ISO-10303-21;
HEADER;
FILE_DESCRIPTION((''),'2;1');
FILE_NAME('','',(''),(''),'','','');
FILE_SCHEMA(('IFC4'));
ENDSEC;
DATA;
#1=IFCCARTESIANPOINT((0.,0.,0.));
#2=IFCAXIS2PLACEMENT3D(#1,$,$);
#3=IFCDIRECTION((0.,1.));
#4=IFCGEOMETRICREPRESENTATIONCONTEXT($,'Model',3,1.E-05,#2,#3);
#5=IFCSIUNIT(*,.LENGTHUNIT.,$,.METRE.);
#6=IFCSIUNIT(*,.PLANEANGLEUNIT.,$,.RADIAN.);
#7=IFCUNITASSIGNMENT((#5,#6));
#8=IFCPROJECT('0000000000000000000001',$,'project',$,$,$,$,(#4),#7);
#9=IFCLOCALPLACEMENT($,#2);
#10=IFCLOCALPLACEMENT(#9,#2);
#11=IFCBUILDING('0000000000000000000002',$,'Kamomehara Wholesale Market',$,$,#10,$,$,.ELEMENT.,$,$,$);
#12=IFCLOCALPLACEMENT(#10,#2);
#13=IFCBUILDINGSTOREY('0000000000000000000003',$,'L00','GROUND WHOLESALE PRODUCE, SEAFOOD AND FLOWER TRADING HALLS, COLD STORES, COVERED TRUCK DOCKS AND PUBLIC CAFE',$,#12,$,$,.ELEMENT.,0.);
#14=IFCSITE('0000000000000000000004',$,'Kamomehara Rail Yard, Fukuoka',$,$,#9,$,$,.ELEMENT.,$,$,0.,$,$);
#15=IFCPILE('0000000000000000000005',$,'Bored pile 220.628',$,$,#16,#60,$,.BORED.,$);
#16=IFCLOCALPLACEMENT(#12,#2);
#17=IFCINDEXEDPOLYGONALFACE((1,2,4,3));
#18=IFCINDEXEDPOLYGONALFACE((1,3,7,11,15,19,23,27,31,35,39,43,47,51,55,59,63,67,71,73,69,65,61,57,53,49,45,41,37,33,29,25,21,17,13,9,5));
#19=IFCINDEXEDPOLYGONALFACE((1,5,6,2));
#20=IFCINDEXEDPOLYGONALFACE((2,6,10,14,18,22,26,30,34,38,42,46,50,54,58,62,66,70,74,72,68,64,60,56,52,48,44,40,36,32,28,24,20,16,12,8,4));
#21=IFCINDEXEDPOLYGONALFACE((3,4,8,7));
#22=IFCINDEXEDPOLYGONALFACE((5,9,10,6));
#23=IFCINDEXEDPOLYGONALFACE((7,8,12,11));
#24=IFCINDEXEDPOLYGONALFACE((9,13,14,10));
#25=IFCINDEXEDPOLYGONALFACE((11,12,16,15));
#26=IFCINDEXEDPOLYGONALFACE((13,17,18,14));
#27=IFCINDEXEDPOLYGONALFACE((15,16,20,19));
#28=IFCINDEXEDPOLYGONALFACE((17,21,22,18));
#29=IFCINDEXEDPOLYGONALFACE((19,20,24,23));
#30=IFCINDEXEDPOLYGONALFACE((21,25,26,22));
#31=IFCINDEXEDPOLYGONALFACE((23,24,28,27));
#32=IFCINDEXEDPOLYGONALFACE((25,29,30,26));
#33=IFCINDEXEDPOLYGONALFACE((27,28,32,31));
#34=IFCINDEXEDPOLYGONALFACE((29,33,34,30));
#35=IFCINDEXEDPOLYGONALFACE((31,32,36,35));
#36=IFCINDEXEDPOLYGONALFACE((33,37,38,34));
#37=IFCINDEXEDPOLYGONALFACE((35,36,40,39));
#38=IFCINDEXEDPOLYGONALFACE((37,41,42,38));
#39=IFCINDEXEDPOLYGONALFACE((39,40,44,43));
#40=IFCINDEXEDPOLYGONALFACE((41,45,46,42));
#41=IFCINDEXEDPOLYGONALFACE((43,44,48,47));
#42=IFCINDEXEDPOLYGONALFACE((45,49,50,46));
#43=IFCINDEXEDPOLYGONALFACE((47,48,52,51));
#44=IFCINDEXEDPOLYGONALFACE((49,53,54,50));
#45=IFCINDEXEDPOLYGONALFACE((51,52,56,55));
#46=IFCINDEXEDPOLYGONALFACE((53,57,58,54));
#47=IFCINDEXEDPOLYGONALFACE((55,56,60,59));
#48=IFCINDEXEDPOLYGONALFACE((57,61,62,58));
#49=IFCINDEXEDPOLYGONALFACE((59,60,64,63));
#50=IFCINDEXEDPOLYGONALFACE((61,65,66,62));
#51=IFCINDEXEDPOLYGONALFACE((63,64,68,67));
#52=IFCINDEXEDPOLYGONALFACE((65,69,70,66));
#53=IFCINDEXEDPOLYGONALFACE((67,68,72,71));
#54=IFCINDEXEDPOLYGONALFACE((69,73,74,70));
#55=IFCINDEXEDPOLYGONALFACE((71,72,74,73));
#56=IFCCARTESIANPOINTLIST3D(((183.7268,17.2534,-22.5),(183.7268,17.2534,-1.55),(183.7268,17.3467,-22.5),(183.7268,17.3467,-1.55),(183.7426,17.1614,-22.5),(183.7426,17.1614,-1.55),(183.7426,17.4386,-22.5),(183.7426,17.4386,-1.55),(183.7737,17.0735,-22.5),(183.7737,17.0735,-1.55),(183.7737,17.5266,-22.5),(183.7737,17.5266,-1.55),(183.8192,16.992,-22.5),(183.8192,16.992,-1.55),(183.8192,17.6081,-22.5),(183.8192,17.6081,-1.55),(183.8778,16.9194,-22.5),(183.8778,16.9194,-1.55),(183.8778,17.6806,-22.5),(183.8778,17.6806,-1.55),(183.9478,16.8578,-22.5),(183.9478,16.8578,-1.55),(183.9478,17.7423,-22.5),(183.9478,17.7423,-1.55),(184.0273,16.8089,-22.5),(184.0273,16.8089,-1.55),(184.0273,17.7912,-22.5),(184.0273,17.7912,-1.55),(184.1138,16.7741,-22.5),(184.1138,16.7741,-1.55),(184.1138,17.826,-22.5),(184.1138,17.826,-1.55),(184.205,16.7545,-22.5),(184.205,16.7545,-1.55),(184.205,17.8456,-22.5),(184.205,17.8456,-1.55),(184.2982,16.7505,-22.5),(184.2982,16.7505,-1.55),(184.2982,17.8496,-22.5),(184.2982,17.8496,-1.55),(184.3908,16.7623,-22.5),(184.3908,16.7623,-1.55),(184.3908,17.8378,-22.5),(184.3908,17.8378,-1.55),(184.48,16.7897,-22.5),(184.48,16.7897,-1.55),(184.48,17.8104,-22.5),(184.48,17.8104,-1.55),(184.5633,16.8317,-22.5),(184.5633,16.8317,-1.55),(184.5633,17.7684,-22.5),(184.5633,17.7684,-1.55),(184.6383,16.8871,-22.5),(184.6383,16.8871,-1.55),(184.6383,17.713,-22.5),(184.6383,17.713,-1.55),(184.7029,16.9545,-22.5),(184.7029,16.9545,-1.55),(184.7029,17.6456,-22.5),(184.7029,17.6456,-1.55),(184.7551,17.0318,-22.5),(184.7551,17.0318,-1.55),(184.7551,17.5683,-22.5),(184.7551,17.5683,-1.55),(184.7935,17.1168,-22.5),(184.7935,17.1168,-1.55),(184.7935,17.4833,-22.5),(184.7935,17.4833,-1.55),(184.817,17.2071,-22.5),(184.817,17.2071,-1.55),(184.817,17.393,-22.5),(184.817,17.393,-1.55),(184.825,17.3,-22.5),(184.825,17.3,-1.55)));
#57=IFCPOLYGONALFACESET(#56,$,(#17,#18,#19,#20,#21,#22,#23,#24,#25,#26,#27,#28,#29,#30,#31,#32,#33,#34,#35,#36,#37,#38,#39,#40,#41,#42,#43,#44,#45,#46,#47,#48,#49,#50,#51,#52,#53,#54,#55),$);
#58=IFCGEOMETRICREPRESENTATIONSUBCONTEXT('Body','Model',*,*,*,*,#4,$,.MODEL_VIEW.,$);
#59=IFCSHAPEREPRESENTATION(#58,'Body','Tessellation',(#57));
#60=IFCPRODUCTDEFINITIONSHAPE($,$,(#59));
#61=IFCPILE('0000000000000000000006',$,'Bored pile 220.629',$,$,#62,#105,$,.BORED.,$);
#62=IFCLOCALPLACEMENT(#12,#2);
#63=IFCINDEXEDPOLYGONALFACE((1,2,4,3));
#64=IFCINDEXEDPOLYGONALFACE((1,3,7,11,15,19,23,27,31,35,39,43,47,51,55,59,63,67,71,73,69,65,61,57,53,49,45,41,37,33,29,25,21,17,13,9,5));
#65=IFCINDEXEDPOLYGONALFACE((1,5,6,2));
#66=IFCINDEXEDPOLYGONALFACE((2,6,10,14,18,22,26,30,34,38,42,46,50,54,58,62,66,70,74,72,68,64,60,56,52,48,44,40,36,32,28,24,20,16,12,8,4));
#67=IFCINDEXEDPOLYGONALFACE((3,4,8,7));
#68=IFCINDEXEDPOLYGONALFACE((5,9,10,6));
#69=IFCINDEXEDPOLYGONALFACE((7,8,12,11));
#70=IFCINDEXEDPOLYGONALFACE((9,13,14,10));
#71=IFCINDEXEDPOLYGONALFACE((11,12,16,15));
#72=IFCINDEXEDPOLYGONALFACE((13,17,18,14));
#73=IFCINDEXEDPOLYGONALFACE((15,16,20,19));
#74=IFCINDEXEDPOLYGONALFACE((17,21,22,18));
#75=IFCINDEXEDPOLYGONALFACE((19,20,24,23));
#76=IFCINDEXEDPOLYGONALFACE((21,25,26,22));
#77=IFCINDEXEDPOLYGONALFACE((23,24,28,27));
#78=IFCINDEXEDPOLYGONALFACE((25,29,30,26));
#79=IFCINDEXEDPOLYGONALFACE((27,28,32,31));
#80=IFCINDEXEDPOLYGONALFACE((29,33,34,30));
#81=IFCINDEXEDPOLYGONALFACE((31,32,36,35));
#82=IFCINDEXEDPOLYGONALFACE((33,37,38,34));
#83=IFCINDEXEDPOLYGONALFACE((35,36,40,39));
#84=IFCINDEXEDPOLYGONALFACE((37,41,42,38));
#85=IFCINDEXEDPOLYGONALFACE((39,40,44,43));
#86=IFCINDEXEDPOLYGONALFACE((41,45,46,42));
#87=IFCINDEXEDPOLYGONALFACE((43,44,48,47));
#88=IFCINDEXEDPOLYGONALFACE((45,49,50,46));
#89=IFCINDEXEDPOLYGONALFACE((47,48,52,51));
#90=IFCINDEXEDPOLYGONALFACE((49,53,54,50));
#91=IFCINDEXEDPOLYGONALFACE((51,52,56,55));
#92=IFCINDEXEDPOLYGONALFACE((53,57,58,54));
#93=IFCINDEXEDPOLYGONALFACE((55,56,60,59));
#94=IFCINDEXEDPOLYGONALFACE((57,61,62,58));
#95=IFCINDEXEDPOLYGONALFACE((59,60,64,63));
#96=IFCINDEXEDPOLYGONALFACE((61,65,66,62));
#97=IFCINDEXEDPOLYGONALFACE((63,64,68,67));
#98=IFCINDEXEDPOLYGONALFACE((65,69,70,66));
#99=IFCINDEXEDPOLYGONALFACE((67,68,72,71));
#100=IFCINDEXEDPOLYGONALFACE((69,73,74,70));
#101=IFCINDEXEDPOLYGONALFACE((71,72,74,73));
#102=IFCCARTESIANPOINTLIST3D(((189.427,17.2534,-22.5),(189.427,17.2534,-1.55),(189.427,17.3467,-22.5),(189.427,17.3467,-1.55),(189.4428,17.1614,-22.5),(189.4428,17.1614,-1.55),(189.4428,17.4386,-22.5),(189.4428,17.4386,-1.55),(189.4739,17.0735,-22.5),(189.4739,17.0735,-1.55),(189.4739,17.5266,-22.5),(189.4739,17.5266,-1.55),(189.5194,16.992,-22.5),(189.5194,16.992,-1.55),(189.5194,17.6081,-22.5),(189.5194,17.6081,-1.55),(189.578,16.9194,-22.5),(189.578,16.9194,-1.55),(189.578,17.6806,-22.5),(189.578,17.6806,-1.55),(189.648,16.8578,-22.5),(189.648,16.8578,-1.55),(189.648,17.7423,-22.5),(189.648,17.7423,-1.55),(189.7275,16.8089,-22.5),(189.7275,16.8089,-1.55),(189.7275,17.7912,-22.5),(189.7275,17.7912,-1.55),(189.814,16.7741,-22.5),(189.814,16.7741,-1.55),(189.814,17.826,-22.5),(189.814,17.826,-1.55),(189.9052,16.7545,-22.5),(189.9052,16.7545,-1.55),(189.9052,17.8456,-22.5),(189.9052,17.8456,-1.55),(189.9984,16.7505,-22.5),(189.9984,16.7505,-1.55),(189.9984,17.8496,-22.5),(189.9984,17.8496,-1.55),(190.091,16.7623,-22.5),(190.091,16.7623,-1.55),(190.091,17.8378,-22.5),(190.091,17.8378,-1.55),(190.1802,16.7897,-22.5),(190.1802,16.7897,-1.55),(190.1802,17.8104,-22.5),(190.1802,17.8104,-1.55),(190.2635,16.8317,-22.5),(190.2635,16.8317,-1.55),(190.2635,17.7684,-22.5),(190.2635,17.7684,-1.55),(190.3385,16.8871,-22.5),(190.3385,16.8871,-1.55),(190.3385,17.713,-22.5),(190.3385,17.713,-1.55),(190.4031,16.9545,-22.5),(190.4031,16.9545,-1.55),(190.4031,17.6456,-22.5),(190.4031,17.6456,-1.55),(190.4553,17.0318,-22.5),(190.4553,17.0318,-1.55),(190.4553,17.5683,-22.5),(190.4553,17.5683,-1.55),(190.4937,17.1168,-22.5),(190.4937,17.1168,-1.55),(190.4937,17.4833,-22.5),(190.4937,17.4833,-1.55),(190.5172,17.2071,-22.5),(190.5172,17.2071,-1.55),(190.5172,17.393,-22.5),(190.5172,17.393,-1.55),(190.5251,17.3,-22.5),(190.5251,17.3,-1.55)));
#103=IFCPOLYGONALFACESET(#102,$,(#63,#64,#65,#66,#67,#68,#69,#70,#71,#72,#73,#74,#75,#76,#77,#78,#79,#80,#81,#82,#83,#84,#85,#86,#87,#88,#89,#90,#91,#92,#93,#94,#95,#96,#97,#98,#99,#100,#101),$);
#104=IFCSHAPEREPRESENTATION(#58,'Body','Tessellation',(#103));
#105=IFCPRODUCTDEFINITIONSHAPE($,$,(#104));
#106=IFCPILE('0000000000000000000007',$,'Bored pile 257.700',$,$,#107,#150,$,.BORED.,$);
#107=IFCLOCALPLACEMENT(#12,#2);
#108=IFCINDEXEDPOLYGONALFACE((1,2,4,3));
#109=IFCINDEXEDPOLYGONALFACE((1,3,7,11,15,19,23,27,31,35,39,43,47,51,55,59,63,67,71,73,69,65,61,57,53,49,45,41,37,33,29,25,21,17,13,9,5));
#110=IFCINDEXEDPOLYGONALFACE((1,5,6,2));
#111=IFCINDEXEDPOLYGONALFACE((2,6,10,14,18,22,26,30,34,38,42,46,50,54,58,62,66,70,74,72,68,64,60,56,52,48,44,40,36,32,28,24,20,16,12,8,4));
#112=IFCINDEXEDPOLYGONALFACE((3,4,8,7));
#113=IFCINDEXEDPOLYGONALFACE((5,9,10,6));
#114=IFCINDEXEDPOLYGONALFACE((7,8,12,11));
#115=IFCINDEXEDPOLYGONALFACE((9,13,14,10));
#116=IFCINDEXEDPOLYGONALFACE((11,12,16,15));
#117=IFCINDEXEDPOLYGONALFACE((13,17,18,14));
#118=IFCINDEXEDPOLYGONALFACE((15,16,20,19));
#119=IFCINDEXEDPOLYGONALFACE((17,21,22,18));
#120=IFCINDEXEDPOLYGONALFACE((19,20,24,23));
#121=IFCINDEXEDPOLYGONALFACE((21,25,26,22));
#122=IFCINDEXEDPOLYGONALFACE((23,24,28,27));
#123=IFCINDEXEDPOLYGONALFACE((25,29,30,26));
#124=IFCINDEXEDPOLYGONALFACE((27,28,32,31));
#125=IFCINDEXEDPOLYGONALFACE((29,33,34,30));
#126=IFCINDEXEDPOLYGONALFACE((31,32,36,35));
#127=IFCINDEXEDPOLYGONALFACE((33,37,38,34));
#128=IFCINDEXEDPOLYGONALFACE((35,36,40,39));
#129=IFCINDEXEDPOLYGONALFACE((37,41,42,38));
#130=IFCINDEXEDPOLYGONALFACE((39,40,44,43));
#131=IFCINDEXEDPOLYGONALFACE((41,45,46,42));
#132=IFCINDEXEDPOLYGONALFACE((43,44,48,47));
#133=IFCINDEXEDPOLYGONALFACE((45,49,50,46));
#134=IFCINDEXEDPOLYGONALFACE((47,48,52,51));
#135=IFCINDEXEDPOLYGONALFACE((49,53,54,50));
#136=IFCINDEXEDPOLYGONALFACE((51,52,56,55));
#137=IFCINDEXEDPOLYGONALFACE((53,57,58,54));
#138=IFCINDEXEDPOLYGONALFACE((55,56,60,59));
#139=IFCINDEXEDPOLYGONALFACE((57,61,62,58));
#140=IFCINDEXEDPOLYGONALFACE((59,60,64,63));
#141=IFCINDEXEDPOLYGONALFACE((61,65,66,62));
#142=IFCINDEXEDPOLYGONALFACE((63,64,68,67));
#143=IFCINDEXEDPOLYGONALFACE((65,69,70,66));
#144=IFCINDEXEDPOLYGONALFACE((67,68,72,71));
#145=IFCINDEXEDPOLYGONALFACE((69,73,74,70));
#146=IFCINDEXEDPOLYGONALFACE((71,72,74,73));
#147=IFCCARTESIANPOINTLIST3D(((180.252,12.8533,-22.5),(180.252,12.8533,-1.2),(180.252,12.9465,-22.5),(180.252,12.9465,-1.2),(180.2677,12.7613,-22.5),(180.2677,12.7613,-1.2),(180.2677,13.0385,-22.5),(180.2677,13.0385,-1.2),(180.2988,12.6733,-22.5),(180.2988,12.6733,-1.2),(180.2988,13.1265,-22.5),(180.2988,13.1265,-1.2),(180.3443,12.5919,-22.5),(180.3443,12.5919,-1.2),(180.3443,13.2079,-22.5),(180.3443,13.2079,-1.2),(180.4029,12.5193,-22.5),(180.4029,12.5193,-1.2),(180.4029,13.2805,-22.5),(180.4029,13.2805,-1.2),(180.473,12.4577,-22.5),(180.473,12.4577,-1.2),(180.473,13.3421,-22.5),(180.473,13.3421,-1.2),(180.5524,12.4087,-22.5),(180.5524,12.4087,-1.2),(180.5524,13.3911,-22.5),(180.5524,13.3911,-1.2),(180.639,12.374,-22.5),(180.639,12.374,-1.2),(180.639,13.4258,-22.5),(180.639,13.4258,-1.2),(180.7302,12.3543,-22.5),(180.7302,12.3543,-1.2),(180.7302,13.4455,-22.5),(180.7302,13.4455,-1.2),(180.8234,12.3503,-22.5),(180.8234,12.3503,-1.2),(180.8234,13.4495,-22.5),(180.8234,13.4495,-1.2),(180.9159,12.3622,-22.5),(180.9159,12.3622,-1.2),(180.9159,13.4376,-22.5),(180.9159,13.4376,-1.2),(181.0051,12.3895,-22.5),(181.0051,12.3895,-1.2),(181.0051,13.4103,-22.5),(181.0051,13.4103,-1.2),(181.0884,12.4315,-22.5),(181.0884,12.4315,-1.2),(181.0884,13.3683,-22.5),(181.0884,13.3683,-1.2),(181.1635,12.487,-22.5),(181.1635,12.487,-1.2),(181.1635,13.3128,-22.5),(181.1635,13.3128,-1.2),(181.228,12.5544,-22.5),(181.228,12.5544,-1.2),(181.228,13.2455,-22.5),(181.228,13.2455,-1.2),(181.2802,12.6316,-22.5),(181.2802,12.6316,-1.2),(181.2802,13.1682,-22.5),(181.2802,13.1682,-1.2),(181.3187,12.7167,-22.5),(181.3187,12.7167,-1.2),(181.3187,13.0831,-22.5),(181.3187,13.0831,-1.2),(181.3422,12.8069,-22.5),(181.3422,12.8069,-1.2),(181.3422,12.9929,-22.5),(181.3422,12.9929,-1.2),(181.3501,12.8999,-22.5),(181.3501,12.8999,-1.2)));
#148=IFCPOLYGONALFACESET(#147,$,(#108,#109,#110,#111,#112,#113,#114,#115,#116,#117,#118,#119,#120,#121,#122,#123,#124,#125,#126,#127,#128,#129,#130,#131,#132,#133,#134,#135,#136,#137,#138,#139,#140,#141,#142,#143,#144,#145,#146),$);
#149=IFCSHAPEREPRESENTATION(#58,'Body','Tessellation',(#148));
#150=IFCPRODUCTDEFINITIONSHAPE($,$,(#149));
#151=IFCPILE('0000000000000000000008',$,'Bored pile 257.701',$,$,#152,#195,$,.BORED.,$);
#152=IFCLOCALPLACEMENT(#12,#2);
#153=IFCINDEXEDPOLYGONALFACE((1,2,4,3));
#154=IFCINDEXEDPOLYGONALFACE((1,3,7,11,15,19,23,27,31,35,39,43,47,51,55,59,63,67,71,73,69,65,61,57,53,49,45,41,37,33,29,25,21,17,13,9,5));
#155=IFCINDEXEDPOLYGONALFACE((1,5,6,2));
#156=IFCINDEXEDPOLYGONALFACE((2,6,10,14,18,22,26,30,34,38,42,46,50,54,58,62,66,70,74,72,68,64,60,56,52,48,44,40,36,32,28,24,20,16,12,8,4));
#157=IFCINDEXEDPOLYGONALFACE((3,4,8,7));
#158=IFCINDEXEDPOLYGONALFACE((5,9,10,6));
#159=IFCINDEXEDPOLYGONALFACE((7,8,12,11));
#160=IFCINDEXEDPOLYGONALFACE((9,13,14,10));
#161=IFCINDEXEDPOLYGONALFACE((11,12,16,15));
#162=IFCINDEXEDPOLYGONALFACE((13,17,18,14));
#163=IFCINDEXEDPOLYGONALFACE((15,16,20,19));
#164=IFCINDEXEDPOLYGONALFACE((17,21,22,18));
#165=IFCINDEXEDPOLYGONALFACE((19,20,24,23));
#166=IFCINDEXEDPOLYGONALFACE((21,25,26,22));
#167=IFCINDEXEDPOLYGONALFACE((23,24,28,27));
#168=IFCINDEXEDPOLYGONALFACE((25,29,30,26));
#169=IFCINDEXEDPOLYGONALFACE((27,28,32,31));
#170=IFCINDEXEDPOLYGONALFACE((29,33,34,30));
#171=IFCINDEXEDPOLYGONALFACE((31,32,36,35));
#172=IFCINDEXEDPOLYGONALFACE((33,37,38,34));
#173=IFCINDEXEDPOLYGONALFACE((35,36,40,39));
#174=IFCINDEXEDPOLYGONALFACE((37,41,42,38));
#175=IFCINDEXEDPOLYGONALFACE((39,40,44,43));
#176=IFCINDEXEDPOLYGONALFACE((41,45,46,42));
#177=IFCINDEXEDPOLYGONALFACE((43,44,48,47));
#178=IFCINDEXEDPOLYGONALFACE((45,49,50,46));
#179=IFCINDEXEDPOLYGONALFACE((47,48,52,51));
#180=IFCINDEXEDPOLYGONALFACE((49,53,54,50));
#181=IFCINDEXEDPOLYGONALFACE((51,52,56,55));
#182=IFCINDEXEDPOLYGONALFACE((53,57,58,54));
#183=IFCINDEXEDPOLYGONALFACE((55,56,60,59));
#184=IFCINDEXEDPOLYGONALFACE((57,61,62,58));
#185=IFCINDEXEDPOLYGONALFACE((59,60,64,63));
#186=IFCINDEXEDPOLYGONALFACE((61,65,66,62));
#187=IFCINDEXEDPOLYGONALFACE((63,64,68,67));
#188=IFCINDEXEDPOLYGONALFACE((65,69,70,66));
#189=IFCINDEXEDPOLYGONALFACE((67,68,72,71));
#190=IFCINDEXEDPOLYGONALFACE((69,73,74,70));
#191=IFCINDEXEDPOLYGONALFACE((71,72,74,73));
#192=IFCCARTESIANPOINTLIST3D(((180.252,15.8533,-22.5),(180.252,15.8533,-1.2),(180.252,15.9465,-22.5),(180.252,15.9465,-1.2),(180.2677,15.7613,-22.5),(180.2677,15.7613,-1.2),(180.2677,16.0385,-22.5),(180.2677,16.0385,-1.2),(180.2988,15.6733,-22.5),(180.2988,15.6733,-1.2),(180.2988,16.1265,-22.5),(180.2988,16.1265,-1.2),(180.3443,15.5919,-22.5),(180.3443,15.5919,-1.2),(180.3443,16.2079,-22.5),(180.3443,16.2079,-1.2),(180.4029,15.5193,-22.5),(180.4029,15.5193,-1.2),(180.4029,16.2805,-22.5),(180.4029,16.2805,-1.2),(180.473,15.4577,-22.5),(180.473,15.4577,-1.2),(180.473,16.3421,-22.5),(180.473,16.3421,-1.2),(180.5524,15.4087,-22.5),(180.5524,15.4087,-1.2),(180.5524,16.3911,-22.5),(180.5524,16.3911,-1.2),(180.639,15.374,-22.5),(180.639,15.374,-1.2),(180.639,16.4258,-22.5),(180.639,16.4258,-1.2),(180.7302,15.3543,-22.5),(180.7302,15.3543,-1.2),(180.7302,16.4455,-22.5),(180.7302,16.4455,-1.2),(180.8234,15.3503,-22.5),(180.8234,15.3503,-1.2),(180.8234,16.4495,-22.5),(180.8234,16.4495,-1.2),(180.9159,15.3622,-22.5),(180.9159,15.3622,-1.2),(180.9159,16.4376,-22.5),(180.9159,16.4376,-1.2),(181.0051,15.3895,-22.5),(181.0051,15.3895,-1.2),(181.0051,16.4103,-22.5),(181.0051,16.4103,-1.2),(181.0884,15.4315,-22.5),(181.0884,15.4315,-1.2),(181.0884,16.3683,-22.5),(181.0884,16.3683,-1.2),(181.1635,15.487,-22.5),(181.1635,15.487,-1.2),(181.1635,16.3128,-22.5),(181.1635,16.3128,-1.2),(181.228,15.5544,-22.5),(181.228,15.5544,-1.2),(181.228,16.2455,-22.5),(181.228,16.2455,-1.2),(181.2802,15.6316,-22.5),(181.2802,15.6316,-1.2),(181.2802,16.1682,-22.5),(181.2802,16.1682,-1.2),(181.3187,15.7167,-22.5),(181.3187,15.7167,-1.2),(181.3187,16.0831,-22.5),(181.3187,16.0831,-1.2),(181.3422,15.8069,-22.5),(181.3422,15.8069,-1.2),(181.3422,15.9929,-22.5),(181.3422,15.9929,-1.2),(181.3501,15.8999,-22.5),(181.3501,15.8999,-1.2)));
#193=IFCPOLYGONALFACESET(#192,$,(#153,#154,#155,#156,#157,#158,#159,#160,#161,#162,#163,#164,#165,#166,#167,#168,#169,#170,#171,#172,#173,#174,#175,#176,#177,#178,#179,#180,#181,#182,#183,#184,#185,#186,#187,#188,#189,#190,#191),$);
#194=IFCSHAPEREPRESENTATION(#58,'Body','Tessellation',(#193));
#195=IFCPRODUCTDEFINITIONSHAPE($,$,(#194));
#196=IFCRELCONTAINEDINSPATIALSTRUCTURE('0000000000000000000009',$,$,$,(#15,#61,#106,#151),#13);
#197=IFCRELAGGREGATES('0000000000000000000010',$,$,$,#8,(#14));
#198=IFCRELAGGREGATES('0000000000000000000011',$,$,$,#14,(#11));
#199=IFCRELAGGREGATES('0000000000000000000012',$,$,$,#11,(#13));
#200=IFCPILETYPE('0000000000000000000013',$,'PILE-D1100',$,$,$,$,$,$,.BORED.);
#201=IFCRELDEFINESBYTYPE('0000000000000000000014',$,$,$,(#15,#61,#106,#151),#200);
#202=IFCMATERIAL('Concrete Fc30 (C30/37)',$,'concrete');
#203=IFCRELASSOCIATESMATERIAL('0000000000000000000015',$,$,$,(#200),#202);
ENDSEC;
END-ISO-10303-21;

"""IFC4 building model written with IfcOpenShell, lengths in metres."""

from ifc_helpers import new_model, si_unit, direction, frame, origin, origin_2d, place, context, subcontext, project, spatial, circle, extrude, material, material_profile, profile_set, type_object, element, save


model = new_model("IFC4")

# Units and contexts
model_context = context("Model", 3, precision=1e-05, world=origin(), true_north=direction((0.0, 1.0)))
body_context = subcontext(model_context, "Body", "Model", "MODEL_VIEW")
ifc_project = project(units=[si_unit("LENGTHUNIT", "METRE"), si_unit("PLANEANGLEUNIT", "RADIAN")], contexts=[model_context])

# Site, building, storey
site_placement = place(None, origin())
site = spatial("IfcSite", under=ifc_project, at=site_placement, Name="Kamomehara Rail Yard, Fukuoka", CompositionType="ELEMENT", RefElevation=0.0)
building_placement = place(site_placement, origin())
building = spatial("IfcBuilding", under=site, at=building_placement, Name="Kamomehara Wholesale Market", CompositionType="ELEMENT")
storey_placement = place(building_placement, origin())
storey = spatial("IfcBuildingStorey", under=building, at=storey_placement, Name="L00", Description="GROUND WHOLESALE PRODUCE, SEAFOOD AND FLOWER TRADING HALLS, COLD STORES, COVERED TRUCK DOCKS AND PUBLIC CAFE", CompositionType="ELEMENT", Elevation=0.0)

# Piles
ifc_material_1 = material(Name="Concrete Fc30 (C30/37)", Category="concrete")
ifc_material_profile_1 = material_profile(ifc_material_1, circle(Radius=0.55, at=origin_2d()), Name="RC-PILE-D1100")
ifc_profile_set_1 = profile_set([ifc_material_profile_1], Name="Concrete Fc30 (C30/37)")
pile_type = type_object("IfcPileType", Name="PILE-D1100", PredefinedType="BORED", material=ifc_profile_set_1)
for number, where, z_axis, x_axis, name in (
    (1, (184.2749, 17.3, -1.55), (0.0, 0.0, -1.0), (1.0, 0.0, 0.0), "Bored pile 220.628"),
    (2, (189.9751, 17.3, -1.55), (0.0, 0.0, -1.0), (1.0, 0.0, 0.0), "Bored pile 220.629"),
):
    element("IfcPile", number, at=place(storey_placement, frame(where, z_axis=z_axis, x_axis=x_axis)), inside=storey, type_object=pile_type, Name=name, PredefinedType="BORED", context=body_context, shape_type="SweptSolid", body=[
        extrude(circle(Radius=0.55, at=origin_2d()), origin(), (0.0, 0.0, 1.0), 20.95),
    ])
for number, where, z_axis, x_axis, name in (
    (3, (180.8, 12.8999, -1.2), (0.0, 0.0, -1.0), (1.0, 0.0, 0.0), "Bored pile 257.700"),
    (4, (180.8, 15.8999, -1.2), (0.0, 0.0, -1.0), (1.0, 0.0, 0.0), "Bored pile 257.701"),
):
    element("IfcPile", number, at=place(storey_placement, frame(where, z_axis=z_axis, x_axis=x_axis)), inside=storey, type_object=pile_type, Name=name, PredefinedType="BORED", context=body_context, shape_type="SweptSolid", body=[
        extrude(circle(Radius=0.55, at=origin_2d()), origin(), (0.0, 0.0, 1.0), 21.3),
    ])

save(model, "model.ifc")
